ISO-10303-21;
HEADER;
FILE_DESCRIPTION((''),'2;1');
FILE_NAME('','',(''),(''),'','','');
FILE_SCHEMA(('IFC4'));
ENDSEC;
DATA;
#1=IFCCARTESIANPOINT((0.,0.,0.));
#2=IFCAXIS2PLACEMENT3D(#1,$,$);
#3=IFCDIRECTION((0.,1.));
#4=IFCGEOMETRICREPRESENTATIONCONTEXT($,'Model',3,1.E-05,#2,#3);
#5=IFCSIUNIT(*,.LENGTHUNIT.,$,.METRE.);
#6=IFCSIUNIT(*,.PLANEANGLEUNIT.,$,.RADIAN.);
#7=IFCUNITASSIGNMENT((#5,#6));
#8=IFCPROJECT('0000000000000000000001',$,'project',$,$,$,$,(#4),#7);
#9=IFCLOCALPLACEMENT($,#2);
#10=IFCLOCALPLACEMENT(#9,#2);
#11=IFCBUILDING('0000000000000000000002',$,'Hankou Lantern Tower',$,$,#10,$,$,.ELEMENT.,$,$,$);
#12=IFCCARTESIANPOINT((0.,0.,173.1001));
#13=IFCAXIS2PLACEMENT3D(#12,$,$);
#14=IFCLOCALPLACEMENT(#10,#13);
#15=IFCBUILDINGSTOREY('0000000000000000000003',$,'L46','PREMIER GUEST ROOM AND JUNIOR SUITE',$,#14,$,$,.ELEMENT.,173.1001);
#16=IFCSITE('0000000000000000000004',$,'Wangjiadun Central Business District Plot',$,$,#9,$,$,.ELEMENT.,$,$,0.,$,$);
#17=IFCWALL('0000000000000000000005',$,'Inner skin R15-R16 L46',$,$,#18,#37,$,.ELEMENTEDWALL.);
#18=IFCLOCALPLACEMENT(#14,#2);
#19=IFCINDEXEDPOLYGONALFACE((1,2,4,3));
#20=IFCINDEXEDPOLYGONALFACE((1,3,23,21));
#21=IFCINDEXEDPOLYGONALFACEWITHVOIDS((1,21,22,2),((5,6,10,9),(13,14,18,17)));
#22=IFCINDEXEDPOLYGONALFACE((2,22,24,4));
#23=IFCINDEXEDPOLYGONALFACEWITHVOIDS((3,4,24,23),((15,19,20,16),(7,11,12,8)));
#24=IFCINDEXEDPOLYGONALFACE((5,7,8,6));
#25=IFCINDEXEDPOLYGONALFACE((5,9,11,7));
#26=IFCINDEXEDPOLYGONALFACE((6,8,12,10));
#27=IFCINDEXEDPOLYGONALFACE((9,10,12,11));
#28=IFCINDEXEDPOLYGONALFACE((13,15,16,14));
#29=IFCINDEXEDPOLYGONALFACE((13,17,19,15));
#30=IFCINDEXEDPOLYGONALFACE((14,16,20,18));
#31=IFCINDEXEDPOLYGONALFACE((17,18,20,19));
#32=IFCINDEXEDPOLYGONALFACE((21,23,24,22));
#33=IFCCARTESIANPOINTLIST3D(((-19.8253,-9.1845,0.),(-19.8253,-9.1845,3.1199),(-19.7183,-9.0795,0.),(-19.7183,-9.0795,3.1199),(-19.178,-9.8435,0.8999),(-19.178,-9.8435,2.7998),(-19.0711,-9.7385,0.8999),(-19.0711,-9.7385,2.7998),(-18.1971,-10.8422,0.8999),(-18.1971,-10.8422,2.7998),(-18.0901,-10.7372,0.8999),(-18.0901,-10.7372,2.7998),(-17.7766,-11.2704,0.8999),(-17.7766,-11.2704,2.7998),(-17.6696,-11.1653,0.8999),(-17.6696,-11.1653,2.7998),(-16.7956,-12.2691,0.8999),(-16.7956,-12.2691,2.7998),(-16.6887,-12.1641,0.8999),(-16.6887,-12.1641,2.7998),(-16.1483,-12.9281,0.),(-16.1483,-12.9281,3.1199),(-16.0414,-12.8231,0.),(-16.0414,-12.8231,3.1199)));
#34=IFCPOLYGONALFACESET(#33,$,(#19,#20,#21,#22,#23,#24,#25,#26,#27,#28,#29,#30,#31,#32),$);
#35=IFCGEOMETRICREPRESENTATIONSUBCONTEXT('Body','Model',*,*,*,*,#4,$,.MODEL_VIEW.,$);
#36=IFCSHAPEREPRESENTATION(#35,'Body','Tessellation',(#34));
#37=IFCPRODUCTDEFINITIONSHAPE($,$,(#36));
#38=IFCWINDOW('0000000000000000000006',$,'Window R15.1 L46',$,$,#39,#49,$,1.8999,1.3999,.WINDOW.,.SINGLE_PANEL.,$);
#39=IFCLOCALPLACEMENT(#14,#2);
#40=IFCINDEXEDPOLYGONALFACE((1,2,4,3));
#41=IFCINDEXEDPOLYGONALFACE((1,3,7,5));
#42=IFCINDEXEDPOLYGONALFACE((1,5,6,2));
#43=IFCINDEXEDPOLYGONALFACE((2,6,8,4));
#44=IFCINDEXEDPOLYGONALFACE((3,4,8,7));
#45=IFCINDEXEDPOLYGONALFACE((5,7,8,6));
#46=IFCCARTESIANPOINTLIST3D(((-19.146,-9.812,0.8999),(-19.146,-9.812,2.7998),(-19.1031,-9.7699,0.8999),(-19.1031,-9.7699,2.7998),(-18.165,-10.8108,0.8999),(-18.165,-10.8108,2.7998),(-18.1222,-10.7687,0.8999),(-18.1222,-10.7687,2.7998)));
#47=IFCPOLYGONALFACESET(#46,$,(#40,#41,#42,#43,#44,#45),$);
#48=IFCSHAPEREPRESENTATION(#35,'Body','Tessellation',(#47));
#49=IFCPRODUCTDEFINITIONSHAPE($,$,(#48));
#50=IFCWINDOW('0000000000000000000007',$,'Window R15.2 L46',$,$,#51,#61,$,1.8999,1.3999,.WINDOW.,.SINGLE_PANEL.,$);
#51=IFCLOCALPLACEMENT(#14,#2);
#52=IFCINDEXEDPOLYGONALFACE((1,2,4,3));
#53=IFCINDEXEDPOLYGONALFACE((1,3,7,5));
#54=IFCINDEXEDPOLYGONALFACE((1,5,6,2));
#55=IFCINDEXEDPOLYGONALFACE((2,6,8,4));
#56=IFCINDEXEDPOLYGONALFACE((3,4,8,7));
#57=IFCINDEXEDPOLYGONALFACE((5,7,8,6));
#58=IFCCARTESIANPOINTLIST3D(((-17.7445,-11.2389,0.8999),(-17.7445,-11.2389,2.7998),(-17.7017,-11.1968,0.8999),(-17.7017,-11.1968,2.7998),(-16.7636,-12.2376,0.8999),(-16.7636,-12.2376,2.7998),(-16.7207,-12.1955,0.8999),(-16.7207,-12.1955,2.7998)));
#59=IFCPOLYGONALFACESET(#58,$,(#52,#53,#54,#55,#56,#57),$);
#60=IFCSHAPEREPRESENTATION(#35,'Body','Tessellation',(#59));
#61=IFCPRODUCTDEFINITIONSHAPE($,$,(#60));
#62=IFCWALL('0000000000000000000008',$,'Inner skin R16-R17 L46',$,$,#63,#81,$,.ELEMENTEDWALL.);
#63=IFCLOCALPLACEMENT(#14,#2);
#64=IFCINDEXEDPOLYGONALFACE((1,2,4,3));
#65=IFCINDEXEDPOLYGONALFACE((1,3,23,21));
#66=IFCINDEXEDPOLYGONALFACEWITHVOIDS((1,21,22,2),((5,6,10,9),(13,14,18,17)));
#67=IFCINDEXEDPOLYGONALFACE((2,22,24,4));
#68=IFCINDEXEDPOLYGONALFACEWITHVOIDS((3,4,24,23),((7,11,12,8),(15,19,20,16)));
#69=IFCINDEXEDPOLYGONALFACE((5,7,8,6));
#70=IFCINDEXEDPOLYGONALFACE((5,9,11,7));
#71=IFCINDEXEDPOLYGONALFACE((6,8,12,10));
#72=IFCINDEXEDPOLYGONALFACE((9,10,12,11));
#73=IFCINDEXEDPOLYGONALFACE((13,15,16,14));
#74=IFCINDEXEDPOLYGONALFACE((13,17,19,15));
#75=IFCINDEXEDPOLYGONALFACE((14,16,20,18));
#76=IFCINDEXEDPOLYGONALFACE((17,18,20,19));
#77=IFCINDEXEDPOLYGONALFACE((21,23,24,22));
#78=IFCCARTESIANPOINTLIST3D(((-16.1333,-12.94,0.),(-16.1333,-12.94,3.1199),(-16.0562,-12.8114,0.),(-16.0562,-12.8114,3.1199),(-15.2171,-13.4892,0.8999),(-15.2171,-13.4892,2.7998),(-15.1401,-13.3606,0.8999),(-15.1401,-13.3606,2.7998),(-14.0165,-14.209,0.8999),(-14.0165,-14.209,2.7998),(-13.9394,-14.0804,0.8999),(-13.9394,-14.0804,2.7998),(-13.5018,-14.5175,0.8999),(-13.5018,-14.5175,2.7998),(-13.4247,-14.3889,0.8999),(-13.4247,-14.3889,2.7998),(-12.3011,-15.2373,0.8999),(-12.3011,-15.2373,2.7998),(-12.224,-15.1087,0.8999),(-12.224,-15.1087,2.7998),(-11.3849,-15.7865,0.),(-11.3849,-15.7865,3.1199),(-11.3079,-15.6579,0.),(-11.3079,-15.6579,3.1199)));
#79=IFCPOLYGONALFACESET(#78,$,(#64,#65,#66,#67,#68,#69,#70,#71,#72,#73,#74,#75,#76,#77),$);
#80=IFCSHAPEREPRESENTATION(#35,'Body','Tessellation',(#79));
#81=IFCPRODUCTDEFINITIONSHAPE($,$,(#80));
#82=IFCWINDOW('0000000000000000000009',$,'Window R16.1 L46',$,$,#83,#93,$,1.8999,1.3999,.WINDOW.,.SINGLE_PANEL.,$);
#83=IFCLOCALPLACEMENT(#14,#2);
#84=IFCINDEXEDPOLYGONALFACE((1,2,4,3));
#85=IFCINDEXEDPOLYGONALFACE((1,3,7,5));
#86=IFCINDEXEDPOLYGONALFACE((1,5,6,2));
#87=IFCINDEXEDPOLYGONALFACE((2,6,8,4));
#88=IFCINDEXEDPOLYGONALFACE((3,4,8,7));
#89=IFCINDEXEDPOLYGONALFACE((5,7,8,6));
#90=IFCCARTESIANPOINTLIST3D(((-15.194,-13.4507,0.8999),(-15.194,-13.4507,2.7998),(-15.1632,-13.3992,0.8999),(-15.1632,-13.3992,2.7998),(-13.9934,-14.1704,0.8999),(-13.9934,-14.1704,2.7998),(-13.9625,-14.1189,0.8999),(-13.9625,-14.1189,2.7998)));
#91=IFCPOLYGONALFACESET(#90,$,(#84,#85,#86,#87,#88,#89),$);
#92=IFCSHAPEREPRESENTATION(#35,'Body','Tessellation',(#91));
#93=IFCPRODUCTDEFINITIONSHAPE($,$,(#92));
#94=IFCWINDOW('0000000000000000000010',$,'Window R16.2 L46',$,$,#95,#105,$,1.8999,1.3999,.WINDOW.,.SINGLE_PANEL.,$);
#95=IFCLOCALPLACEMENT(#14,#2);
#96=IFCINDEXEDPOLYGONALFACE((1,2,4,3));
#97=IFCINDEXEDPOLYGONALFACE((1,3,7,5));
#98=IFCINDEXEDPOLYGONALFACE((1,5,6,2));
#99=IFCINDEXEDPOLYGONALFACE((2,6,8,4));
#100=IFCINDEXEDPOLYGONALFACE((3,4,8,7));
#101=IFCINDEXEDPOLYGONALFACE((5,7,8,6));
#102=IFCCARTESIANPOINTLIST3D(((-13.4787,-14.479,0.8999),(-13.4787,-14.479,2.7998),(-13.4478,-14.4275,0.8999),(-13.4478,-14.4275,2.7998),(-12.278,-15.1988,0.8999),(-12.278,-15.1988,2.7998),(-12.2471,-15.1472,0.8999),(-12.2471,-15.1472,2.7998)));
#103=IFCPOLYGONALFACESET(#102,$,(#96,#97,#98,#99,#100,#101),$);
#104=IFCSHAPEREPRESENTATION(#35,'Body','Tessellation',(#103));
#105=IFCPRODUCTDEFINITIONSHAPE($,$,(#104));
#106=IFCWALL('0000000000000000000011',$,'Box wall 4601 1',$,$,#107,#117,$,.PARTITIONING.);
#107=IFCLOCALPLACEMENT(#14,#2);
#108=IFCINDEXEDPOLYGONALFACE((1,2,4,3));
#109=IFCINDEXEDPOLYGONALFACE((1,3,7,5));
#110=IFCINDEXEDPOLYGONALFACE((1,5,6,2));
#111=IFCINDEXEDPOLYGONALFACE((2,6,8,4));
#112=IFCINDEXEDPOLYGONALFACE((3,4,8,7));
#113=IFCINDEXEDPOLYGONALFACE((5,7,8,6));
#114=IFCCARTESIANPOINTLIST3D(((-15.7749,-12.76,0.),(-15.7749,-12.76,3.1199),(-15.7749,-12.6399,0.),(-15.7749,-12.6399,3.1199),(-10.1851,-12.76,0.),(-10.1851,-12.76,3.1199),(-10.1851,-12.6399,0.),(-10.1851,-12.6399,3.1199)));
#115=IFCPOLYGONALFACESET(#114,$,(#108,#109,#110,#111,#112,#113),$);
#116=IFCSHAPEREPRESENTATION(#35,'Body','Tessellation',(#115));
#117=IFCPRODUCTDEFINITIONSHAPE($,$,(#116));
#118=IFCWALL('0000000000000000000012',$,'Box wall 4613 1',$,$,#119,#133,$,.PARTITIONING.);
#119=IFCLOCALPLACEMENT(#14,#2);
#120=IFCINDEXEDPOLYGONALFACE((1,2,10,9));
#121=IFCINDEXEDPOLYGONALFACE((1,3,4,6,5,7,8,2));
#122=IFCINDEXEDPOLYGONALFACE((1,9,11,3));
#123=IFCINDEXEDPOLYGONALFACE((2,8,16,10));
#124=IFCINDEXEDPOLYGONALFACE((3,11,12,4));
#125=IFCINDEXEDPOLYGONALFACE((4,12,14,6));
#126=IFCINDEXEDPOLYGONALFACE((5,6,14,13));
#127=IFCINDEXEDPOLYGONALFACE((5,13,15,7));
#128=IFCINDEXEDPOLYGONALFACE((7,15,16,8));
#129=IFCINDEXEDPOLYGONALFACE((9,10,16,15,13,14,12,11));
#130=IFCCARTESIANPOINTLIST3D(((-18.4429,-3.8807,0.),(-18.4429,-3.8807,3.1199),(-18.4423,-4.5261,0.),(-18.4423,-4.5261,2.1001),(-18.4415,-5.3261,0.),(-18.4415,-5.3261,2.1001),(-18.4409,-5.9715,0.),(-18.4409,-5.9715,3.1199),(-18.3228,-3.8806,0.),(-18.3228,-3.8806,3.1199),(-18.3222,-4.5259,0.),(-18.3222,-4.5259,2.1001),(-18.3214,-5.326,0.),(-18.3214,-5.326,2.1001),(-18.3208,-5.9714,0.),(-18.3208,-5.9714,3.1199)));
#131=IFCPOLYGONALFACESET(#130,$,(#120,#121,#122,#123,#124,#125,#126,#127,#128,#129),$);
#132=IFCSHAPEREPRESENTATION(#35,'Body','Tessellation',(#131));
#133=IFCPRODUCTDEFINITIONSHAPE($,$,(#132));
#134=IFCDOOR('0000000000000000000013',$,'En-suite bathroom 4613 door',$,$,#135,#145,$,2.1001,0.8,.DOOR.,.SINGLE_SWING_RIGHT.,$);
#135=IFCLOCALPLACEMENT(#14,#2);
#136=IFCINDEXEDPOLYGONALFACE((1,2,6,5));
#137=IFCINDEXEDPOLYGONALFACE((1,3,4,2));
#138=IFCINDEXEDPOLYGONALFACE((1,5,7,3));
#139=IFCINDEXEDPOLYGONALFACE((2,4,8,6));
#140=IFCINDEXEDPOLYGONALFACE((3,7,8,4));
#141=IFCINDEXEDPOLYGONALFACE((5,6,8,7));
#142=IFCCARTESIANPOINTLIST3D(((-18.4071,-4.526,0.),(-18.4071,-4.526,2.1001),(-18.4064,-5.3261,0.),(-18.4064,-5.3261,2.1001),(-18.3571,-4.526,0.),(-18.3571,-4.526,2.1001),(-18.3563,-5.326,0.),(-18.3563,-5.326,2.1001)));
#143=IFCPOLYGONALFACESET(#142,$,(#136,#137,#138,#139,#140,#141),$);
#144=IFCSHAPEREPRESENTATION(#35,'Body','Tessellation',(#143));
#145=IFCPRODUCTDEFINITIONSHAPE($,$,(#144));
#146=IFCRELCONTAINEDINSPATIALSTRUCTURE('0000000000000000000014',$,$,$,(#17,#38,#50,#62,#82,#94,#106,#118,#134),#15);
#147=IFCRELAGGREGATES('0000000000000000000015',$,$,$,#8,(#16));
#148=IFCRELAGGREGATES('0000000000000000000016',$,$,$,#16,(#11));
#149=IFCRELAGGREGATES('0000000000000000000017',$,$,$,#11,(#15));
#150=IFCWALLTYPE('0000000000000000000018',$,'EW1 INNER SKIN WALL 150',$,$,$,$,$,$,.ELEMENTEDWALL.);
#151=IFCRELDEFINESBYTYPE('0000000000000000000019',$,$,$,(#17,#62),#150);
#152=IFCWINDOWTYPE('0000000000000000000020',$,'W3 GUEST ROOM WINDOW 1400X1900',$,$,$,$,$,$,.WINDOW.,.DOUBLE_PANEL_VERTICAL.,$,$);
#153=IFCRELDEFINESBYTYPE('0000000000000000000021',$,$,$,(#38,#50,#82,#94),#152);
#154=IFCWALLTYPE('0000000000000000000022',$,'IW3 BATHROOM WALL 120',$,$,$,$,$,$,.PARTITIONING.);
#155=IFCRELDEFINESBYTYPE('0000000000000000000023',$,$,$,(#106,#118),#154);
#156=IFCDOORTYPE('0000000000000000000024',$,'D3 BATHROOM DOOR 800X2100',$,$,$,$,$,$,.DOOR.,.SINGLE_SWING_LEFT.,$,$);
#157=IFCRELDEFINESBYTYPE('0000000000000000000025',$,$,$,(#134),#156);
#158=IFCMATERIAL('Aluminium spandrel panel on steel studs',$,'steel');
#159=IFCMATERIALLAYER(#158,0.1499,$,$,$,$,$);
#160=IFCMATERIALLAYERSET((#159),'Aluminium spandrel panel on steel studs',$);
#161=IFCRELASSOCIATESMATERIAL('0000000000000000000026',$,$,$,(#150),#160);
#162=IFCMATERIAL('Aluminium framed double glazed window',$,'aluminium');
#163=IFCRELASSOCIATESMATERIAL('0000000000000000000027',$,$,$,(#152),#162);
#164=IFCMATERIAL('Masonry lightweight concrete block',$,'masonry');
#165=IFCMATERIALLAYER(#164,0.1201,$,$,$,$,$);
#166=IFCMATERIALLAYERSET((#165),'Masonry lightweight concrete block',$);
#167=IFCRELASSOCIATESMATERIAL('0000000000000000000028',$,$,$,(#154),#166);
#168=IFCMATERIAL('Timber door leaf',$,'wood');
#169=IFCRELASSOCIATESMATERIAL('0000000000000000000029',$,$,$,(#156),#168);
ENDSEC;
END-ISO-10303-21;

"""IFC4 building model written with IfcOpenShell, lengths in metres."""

from ifc_helpers import new_model, si_unit, direction, frame, frame_2d, origin, place, context, subcontext, project, spatial, rectangle, extrude, material, layer, layer_set, type_object, element, fill, save


model = new_model("IFC4")

# Units and contexts
model_context = context("Model", 3, precision=1e-05, world=origin(), true_north=direction((0.0, 1.0)))
body_context = subcontext(model_context, "Body", "Model", "MODEL_VIEW")
ifc_project = project(units=[si_unit("LENGTHUNIT", "METRE"), si_unit("PLANEANGLEUNIT", "RADIAN")], contexts=[model_context])

# Site, building, storey
site_placement = place(None, origin())
site = spatial("IfcSite", under=ifc_project, at=site_placement, Name="Wangjiadun Central Business District Plot", CompositionType="ELEMENT", RefElevation=0.0)
building_placement = place(site_placement, origin())
building = spatial("IfcBuilding", under=site, at=building_placement, Name="Hankou Lantern Tower", CompositionType="ELEMENT")
storey_placement = place(building_placement, frame((0.0, 0.0, 173.1001)))
storey = spatial("IfcBuildingStorey", under=building, at=storey_placement, Name="L46", Description="PREMIER GUEST ROOM AND JUNIOR SUITE", CompositionType="ELEMENT", Elevation=173.1001)

# Walls, openings, windows
ifc_material_1 = material(Name="Aluminium spandrel panel on steel studs", Category="steel")
ifc_layer_1 = layer(ifc_material_1, 0.1499)
ifc_layer_set_1 = layer_set([ifc_layer_1], Name="Aluminium spandrel panel on steel studs")
wall_type_1 = type_object("IfcWallType", Name="EW1 INNER SKIN WALL 150", PredefinedType="ELEMENTEDWALL", material=ifc_layer_set_1)
wall_1_placement = place(storey_placement, frame((-19.7717, -9.1321, 0.0), z_axis=(0.0, 0.0, 1.0), x_axis=(0.700727, -0.713429, 0.0)))
wall_1 = element("IfcWall", 1, at=wall_1_placement, inside=storey, type_object=wall_type_1, Name="Inner skin R15-R16 L46", PredefinedType="ELEMENTEDWALL", context=body_context, shape_type="SweptSolid", body=[
    extrude(rectangle(XDim=5.2473, YDim=0.1499, at=frame_2d((2.6235, 0.0))), origin(), (0.0, 0.0, 1.0), 3.1199),
])
opening_1_placement = place(wall_1_placement, frame((0.9236, 0.0, 0.8999)))
opening_1 = element("IfcOpeningElement", 2, at=opening_1_placement, cuts=wall_1, PredefinedType="OPENING", context=body_context, shape_type="SweptSolid", body=[
    extrude(rectangle(XDim=1.3999, YDim=1.8999, at=frame_2d((0.7, 0.95))), frame((0.0, 0.085, 0.0), z_axis=(0.0, -1.0, 0.0), x_axis=(1.0, 0.0, 0.0)), (0.0, 0.0, 1.0), 0.1699),
])
opening_2_placement = place(wall_1_placement, frame((2.9236, 0.0, 0.8999)))
opening_2 = element("IfcOpeningElement", 3, at=opening_2_placement, cuts=wall_1, PredefinedType="OPENING", context=body_context, shape_type="SweptSolid", body=[
    extrude(rectangle(XDim=1.3999, YDim=1.8999, at=frame_2d((0.7, 0.95))), frame((0.0, 0.085, 0.0), z_axis=(0.0, -1.0, 0.0), x_axis=(1.0, 0.0, 0.0)), (0.0, 0.0, 1.0), 0.1699),
])
ifc_material_2 = material(Name="Aluminium framed double glazed window", Category="aluminium")
window_type = type_object("IfcWindowType", Name="W3 GUEST ROOM WINDOW 1400X1900", PartitioningType="DOUBLE_PANEL_VERTICAL", PredefinedType="WINDOW", material=ifc_material_2)
window_1_placement = place(opening_1_placement, origin())
window_1 = element("IfcWindow", 4, at=window_1_placement, inside=storey, type_object=window_type, Name="Window R15.1 L46", OverallHeight=1.8999, OverallWidth=1.3999, PartitioningType="SINGLE_PANEL", PredefinedType="WINDOW", context=body_context, shape_type="SweptSolid", body=[
    extrude(rectangle(XDim=1.3999, YDim=1.8999, at=frame_2d((0.7, 0.95))), frame((0.0, 0.03, 0.0), z_axis=(0.0, -1.0, 0.0), x_axis=(1.0, 0.0, 0.0)), (0.0, 0.0, 1.0), 0.0601),
])
fill(opening_1, window_1)
window_2_placement = place(opening_2_placement, origin())
window_2 = element("IfcWindow", 5, at=window_2_placement, inside=storey, type_object=window_type, Name="Window R15.2 L46", OverallHeight=1.8999, OverallWidth=1.3999, PartitioningType="SINGLE_PANEL", PredefinedType="WINDOW", context=body_context, shape_type="SweptSolid", body=[
    extrude(rectangle(XDim=1.3999, YDim=1.8999, at=frame_2d((0.7, 0.95))), frame((0.0, 0.03, 0.0), z_axis=(0.0, -1.0, 0.0), x_axis=(1.0, 0.0, 0.0)), (0.0, 0.0, 1.0), 0.0601),
])
fill(opening_2, window_2)
wall_2_placement = place(storey_placement, frame((-16.0947, -12.8757, 0.0), z_axis=(0.0, 0.0, 1.0), x_axis=(0.857695, -0.514158, 0.0)))
wall_2 = element("IfcWall", 6, at=wall_2_placement, inside=storey, type_object=wall_type_1, Name="Inner skin R16-R17 L46", PredefinedType="ELEMENTEDWALL", context=body_context, shape_type="SweptSolid", body=[
    extrude(rectangle(XDim=5.5361, YDim=0.1499, at=frame_2d((2.7681, 0.0))), origin(), (0.0, 0.0, 1.0), 3.1199),
])
opening_3_placement = place(wall_2_placement, frame((1.0681, 0.0, 0.8999)))
opening_3 = element("IfcOpeningElement", 7, at=opening_3_placement, cuts=wall_2, PredefinedType="OPENING", context=body_context, shape_type="SweptSolid", body=[
    extrude(rectangle(XDim=1.3999, YDim=1.8999, at=frame_2d((0.7, 0.95))), frame((0.0, 0.085, 0.0), z_axis=(0.0, -1.0, 0.0), x_axis=(1.0, 0.0, 0.0)), (0.0, 0.0, 1.0), 0.1699),
])
opening_4_placement = place(wall_2_placement, frame((3.0681, 0.0, 0.8999)))
opening_4 = element("IfcOpeningElement", 8, at=opening_4_placement, cuts=wall_2, PredefinedType="OPENING", context=body_context, shape_type="SweptSolid", body=[
    extrude(rectangle(XDim=1.3999, YDim=1.8999, at=frame_2d((0.7, 0.95))), frame((0.0, 0.085, 0.0), z_axis=(0.0, -1.0, 0.0), x_axis=(1.0, 0.0, 0.0)), (0.0, 0.0, 1.0), 0.1699),
])
window_3_placement = place(opening_3_placement, origin())
window_3 = element("IfcWindow", 9, at=window_3_placement, inside=storey, type_object=window_type, Name="Window R16.1 L46", OverallHeight=1.8999, OverallWidth=1.3999, PartitioningType="SINGLE_PANEL", PredefinedType="WINDOW", context=body_context, shape_type="SweptSolid", body=[
    extrude(rectangle(XDim=1.3999, YDim=1.8999, at=frame_2d((0.7, 0.95))), frame((0.0, 0.03, 0.0), z_axis=(0.0, -1.0, 0.0), x_axis=(1.0, 0.0, 0.0)), (0.0, 0.0, 1.0), 0.0601),
])
fill(opening_3, window_3)
window_4_placement = place(opening_4_placement, origin())
window_4 = element("IfcWindow", 10, at=window_4_placement, inside=storey, type_object=window_type, Name="Window R16.2 L46", OverallHeight=1.8999, OverallWidth=1.3999, PartitioningType="SINGLE_PANEL", PredefinedType="WINDOW", context=body_context, shape_type="SweptSolid", body=[
    extrude(rectangle(XDim=1.3999, YDim=1.8999, at=frame_2d((0.7, 0.95))), frame((0.0, 0.03, 0.0), z_axis=(0.0, -1.0, 0.0), x_axis=(1.0, 0.0, 0.0)), (0.0, 0.0, 1.0), 0.0601),
])
fill(opening_4, window_4)

# Wall
ifc_material_3 = material(Name="Masonry lightweight concrete block", Category="masonry")
ifc_layer_2 = layer(ifc_material_3, 0.1201)
ifc_layer_set_2 = layer_set([ifc_layer_2], Name="Masonry lightweight concrete block")
wall_type_2 = type_object("IfcWallType", Name="IW3 BATHROOM WALL 120", PredefinedType="PARTITIONING", material=ifc_layer_set_2)
wall_3_placement = place(storey_placement, frame((-15.7749, -12.7, 0.0), z_axis=(0.0, 0.0, 1.0), x_axis=(1.0, 0.0, 0.0)))
element("IfcWall", 11, at=wall_3_placement, inside=storey, type_object=wall_type_2, Name="Box wall 4601 1", PredefinedType="PARTITIONING", context=body_context, shape_type="SweptSolid", body=[
    extrude(rectangle(XDim=5.5898, YDim=0.1201, at=frame_2d((2.7949, 0.0))), origin(), (0.0, 0.0, 1.0), 3.1199),
])

# Wall, opening, door
wall_4_placement = place(storey_placement, frame((-18.3809, -5.9714, 0.0), z_axis=(0.0, 0.0, 1.0), x_axis=(-0.000934, 1.0, 0.0)))
wall_4 = element("IfcWall", 12, at=wall_4_placement, inside=storey, type_object=wall_type_2, Name="Box wall 4613 1", PredefinedType="PARTITIONING", context=body_context, shape_type="SweptSolid", body=[
    extrude(rectangle(XDim=2.0908, YDim=0.1201, at=frame_2d((1.0454, 0.0))), origin(), (0.0, 0.0, 1.0), 3.1199),
])
opening_5_placement = place(wall_4_placement, frame((0.6455, 0.0, 0.0)))
opening_5 = element("IfcOpeningElement", 13, at=opening_5_placement, cuts=wall_4, PredefinedType="OPENING", context=body_context, shape_type="SweptSolid", body=[
    extrude(rectangle(XDim=0.8, YDim=2.1001, at=frame_2d((0.3999, 1.05))), frame((0.0, 0.0701, 0.0), z_axis=(0.0, -1.0, 0.0), x_axis=(1.0, 0.0, 0.0)), (0.0, 0.0, 1.0), 0.1401),
])
ifc_material_4 = material(Name="Timber door leaf", Category="wood")
door_type = type_object("IfcDoorType", Name="D3 BATHROOM DOOR 800X2100", OperationType="SINGLE_SWING_LEFT", PredefinedType="DOOR", material=ifc_material_4)
door_1_placement = place(opening_5_placement, origin())
door_1 = element("IfcDoor", 14, at=door_1_placement, inside=storey, type_object=door_type, Name="En-suite bathroom 4613 door", OperationType="SINGLE_SWING_RIGHT", OverallHeight=2.1001, OverallWidth=0.8, PredefinedType="DOOR", context=body_context, shape_type="SweptSolid", body=[
    extrude(rectangle(XDim=0.8, YDim=2.1001, at=frame_2d((0.3999, 1.05))), frame((0.0, 0.0249, 0.0), z_axis=(0.0, -1.0, 0.0), x_axis=(1.0, 0.0, 0.0)), (0.0, 0.0, 1.0), 0.05),
])
fill(opening_5, door_1)

save(model, "model.ifc")
